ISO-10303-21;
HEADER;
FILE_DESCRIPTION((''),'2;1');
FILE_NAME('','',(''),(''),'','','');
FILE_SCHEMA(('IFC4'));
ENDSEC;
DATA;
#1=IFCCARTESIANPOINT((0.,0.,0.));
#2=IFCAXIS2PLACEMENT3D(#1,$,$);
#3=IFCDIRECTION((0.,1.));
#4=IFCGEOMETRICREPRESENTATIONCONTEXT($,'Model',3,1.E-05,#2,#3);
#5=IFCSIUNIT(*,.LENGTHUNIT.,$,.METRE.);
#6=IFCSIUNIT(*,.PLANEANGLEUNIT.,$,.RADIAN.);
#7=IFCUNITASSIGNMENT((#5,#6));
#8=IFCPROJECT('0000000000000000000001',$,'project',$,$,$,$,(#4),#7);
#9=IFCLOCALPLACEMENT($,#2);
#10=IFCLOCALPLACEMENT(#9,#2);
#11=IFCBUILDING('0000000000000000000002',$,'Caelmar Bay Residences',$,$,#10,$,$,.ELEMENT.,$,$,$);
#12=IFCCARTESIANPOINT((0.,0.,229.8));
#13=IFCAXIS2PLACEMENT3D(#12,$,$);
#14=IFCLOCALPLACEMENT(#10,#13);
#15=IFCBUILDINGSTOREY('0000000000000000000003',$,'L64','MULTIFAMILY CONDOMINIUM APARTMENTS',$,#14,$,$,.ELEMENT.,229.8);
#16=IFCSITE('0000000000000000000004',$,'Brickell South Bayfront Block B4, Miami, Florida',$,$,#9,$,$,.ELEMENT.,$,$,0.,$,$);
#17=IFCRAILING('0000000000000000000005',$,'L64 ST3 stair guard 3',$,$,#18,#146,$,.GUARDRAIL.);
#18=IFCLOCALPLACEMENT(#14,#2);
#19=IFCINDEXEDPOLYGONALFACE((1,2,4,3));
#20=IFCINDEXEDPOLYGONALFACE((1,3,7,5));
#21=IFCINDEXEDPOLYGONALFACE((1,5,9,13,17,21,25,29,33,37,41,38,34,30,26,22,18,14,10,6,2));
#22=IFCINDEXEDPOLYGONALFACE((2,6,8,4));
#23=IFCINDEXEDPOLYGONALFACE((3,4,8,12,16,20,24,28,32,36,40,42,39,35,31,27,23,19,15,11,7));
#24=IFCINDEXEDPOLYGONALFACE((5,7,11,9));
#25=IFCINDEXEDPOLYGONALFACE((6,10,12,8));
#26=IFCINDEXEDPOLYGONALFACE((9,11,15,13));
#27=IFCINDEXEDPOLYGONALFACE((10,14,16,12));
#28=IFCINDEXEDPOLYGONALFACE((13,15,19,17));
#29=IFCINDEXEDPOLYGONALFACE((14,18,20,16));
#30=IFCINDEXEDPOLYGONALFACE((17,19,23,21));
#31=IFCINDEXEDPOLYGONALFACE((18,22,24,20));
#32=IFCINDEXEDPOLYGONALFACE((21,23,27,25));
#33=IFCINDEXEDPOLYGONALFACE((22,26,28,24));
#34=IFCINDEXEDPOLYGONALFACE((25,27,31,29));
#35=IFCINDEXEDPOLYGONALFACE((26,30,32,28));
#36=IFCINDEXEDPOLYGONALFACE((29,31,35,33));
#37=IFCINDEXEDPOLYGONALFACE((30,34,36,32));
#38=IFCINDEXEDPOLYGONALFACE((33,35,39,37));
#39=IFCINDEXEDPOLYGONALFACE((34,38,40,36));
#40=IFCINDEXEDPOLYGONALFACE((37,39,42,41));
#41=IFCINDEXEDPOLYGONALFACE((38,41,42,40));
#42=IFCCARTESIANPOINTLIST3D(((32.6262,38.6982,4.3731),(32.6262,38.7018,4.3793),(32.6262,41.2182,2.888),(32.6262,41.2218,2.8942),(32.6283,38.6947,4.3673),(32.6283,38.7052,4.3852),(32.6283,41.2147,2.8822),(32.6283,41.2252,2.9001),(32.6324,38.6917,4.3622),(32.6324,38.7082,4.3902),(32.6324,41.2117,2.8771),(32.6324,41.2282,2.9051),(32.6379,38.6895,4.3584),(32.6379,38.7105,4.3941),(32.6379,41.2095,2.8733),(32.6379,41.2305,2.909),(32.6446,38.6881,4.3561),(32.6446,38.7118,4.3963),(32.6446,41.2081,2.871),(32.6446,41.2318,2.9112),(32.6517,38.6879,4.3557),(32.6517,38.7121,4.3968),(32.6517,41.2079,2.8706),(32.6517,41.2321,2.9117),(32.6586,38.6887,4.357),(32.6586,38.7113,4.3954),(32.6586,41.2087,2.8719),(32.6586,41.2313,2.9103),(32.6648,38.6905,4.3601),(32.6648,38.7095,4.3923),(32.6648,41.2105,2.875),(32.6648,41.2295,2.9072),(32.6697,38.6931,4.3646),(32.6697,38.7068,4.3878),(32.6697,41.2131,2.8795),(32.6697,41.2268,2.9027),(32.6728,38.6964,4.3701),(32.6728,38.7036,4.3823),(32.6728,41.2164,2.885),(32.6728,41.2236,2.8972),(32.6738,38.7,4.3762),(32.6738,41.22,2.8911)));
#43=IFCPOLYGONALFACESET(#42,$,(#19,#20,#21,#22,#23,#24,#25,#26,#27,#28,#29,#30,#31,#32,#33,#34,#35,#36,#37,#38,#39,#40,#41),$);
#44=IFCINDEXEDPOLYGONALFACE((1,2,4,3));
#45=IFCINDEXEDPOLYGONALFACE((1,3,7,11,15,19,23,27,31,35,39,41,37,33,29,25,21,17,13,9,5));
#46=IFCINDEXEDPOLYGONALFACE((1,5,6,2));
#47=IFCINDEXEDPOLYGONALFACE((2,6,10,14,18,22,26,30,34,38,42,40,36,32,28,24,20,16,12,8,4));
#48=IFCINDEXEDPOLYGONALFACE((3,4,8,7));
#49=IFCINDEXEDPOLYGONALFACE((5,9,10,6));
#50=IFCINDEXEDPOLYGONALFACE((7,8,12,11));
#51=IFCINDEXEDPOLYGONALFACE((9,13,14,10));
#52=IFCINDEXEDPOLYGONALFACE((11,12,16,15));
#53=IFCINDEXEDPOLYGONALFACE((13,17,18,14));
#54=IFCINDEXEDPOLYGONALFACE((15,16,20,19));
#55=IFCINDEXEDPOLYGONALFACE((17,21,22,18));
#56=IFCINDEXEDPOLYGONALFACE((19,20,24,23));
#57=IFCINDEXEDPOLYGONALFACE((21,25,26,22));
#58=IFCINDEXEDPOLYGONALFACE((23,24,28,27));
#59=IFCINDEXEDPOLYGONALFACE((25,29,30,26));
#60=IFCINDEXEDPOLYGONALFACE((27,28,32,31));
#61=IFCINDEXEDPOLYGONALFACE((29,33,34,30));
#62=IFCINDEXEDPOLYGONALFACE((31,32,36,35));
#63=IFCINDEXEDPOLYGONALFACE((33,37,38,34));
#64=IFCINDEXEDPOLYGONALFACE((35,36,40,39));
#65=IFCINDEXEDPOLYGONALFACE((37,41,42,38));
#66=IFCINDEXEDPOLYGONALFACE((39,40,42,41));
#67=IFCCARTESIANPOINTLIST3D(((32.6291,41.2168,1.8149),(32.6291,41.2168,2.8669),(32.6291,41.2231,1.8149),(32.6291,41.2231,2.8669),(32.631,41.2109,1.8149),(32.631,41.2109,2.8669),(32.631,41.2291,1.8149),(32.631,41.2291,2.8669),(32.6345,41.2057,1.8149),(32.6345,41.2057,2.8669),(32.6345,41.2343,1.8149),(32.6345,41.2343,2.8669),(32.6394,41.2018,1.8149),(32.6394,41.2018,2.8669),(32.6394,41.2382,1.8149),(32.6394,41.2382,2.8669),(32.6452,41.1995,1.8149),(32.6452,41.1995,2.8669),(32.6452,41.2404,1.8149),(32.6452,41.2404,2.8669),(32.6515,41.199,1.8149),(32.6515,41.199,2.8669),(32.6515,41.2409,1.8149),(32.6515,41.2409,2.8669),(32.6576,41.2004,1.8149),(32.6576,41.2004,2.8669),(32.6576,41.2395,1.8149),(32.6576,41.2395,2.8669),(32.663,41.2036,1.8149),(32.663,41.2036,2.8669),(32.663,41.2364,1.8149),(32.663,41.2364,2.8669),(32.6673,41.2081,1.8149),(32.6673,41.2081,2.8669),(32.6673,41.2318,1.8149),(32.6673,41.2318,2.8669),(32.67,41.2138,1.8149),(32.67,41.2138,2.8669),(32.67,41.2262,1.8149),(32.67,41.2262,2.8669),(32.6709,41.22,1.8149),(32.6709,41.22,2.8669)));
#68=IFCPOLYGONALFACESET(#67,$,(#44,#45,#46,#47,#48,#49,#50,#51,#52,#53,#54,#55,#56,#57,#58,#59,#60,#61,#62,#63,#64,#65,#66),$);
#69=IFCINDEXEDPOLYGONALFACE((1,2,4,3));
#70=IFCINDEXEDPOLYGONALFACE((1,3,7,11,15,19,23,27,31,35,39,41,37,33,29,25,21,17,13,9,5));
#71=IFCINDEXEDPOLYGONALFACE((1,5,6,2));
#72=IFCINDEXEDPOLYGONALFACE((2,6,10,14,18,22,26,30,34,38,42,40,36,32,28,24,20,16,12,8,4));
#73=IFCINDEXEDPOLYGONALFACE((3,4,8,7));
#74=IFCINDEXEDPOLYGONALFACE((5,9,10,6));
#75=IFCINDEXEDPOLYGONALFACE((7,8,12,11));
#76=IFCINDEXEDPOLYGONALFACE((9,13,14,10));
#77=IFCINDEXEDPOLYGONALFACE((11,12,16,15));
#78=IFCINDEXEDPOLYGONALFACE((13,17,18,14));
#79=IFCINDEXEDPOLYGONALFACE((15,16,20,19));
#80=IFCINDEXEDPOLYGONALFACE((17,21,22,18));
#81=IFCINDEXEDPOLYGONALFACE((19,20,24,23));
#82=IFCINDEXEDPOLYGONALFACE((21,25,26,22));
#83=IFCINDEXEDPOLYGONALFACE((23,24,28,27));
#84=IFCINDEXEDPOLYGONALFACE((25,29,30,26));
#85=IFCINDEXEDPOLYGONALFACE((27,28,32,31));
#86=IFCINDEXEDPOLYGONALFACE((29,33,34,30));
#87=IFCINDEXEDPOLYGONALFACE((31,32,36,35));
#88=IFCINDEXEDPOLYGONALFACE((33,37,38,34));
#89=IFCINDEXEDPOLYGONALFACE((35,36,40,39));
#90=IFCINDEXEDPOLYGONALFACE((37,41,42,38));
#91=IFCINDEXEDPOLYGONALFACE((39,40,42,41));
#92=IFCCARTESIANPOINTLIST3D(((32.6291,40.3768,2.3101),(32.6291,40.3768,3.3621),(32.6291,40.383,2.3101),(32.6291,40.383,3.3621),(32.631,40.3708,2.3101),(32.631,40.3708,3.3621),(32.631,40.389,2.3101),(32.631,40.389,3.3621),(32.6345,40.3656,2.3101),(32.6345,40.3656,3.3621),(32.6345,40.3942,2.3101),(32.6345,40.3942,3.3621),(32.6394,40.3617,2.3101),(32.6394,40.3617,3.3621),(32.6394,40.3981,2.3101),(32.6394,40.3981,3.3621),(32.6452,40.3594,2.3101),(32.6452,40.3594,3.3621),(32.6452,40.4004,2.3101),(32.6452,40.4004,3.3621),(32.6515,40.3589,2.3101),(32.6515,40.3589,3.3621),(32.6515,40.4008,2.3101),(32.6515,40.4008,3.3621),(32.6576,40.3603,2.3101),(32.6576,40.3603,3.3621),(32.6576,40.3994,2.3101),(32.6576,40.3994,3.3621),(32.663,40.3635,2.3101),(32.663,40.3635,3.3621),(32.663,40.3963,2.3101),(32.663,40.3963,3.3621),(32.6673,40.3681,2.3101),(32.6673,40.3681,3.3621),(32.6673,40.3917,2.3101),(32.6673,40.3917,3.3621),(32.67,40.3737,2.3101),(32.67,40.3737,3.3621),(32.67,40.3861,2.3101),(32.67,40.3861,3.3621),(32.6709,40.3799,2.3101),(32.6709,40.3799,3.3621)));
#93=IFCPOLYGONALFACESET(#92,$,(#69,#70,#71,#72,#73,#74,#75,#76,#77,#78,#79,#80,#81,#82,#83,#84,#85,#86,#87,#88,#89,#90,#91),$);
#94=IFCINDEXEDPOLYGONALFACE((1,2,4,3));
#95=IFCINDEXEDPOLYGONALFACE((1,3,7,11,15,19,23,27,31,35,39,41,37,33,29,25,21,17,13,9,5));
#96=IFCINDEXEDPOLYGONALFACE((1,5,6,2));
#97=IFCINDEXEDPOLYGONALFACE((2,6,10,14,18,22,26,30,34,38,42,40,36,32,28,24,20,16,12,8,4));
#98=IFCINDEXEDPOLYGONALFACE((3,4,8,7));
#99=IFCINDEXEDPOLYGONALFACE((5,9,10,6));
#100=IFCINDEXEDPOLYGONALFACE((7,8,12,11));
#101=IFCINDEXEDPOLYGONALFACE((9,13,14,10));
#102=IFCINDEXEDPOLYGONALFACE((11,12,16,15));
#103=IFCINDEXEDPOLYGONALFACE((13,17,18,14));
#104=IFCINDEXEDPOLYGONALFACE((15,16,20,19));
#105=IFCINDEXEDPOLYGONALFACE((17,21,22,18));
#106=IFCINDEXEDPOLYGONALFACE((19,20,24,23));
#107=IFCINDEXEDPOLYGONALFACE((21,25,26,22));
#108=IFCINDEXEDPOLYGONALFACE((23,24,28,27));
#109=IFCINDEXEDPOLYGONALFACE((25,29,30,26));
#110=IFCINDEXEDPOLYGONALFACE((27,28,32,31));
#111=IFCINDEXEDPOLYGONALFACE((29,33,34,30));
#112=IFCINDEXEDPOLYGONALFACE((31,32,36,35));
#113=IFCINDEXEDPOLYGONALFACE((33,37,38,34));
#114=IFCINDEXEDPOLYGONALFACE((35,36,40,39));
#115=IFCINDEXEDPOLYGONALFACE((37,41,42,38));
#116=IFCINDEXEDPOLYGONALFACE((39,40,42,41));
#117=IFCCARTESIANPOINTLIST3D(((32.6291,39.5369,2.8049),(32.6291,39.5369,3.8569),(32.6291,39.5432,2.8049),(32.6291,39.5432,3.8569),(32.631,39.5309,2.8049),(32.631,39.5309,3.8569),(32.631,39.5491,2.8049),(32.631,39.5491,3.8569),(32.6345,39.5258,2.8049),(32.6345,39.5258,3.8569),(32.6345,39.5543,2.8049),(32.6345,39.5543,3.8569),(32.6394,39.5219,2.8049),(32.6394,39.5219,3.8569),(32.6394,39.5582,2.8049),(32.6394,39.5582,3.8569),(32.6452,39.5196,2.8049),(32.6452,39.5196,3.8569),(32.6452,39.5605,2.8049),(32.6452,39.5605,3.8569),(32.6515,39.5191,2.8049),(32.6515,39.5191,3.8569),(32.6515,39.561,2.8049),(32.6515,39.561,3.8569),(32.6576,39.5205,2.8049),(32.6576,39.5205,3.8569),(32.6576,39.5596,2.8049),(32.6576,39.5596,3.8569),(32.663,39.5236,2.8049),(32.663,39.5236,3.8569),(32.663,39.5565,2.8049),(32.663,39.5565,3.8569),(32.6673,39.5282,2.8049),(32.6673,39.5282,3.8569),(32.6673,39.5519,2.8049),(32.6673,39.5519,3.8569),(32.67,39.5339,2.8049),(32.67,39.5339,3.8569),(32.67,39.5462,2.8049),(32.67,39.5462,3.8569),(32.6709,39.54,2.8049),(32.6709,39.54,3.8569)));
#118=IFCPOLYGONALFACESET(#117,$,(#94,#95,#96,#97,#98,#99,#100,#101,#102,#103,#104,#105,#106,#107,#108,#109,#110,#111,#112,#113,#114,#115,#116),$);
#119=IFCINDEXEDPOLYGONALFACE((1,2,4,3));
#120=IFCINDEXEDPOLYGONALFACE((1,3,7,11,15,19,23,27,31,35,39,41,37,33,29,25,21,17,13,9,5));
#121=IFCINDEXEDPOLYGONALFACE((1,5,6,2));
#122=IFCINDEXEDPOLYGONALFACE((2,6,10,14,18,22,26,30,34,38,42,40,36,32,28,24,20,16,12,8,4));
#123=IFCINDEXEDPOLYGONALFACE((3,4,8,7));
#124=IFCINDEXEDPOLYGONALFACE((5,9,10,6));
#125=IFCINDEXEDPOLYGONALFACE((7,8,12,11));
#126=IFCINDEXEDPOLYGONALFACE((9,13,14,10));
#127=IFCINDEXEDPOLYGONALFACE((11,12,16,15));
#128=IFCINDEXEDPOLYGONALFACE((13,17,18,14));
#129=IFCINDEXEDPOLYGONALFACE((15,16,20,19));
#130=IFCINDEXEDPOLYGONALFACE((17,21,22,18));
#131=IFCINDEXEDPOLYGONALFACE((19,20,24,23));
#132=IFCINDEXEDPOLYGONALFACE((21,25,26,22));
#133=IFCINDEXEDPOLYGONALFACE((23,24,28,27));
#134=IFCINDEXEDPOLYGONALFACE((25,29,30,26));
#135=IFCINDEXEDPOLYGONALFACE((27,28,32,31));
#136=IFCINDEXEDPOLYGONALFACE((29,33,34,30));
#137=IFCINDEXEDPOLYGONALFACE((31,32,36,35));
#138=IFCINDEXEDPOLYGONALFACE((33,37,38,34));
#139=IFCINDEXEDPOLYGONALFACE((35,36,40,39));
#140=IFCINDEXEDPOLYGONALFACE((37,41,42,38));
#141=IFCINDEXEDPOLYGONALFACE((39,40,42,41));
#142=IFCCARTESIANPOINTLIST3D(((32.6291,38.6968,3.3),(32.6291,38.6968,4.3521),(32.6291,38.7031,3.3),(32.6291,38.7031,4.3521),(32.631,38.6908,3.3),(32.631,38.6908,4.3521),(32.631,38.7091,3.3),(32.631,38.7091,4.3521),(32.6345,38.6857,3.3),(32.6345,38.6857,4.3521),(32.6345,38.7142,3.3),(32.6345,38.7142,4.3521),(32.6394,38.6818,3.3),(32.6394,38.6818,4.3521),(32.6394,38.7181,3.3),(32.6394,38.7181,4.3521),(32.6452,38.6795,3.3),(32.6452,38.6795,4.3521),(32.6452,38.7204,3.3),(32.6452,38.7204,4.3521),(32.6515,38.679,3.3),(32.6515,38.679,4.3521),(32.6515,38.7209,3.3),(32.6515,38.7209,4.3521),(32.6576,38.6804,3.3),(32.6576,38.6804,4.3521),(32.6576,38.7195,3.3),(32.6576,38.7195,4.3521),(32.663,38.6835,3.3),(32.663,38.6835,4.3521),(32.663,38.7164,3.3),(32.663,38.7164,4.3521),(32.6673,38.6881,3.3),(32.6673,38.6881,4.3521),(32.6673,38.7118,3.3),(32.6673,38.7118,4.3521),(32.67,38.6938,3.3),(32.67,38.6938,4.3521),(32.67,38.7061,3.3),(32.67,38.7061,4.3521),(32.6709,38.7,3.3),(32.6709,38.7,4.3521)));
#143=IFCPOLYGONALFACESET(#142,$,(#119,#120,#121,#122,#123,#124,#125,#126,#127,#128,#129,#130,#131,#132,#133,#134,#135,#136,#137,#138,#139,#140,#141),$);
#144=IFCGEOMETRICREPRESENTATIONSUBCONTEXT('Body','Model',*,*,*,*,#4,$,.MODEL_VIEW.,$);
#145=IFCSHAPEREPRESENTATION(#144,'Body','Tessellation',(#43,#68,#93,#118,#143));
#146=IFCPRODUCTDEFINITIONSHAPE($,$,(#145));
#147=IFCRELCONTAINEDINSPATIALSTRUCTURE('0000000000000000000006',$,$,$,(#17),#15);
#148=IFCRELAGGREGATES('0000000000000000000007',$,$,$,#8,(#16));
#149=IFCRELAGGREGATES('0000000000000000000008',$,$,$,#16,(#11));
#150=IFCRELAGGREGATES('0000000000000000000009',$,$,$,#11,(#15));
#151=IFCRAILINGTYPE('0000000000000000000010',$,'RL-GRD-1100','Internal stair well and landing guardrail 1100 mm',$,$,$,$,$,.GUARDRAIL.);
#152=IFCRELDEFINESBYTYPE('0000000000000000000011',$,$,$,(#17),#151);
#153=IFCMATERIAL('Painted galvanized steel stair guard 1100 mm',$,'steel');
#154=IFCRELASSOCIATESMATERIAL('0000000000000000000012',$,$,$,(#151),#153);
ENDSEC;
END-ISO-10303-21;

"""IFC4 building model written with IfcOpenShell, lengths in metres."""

from ifc_helpers import new_model, si_unit, direction, frame, origin, origin_2d, place, context, subcontext, project, spatial, circle, extrude, material, type_object, element, save


model = new_model("IFC4")

# Units and contexts
model_context = context("Model", 3, precision=1e-05, world=origin(), true_north=direction((0.0, 1.0)))
body_context = subcontext(model_context, "Body", "Model", "MODEL_VIEW")
ifc_project = project(units=[si_unit("LENGTHUNIT", "METRE"), si_unit("PLANEANGLEUNIT", "RADIAN")], contexts=[model_context])

# Site, building, storey
site_placement = place(None, origin())
site = spatial("IfcSite", under=ifc_project, at=site_placement, Name="Brickell South Bayfront Block B4, Miami, Florida", CompositionType="ELEMENT", RefElevation=0.0)
building_placement = place(site_placement, origin())
building = spatial("IfcBuilding", under=site, at=building_placement, Name="Caelmar Bay Residences", CompositionType="ELEMENT")
storey_placement = place(building_placement, frame((0.0, 0.0, 229.8)))
storey = spatial("IfcBuildingStorey", under=building, at=storey_placement, Name="L64", Description="MULTIFAMILY CONDOMINIUM APARTMENTS", CompositionType="ELEMENT", Elevation=229.8)

# Railing
ifc_material_1 = material(Name="Painted galvanized steel stair guard 1100 mm", Category="steel")
railing_type_1 = type_object("IfcRailingType", Name="RL-GRD-1100", Description="Internal stair well and landing guardrail 1100 mm", PredefinedType="GUARDRAIL", material=ifc_material_1)
railing_1_placement = place(storey_placement, frame((32.6499, 41.22, 1.8149)))
element("IfcRailing", 1, at=railing_1_placement, inside=storey, type_object=railing_type_1, Name="L64 ST3 stair guard 3", PredefinedType="GUARDRAIL", context=body_context, shape_type="SweptSolid", body=[
    extrude(circle(Radius=0.0239, at=origin_2d()), frame((0.0, 0.0, 1.0762), z_axis=(0.0, -0.861524, 0.507717), x_axis=(1.0, 0.0, 0.0)), (0.0, 0.0, 1.0), 2.925),
    extrude(circle(Radius=0.021, at=origin_2d()), origin(), (0.0, 0.0, 1.0), 1.052),
    extrude(circle(Radius=0.021, at=origin_2d()), frame((0.0, -0.8401, 0.4951)), (0.0, 0.0, 1.0), 1.052),
    extrude(circle(Radius=0.021, at=origin_2d()), frame((0.0, -1.6799, 0.99)), (0.0, 0.0, 1.0), 1.052),
    extrude(circle(Radius=0.021, at=origin_2d()), frame((0.0, -2.52, 1.4851)), (0.0, 0.0, 1.0), 1.052),
])

save(model, "model.ifc")
